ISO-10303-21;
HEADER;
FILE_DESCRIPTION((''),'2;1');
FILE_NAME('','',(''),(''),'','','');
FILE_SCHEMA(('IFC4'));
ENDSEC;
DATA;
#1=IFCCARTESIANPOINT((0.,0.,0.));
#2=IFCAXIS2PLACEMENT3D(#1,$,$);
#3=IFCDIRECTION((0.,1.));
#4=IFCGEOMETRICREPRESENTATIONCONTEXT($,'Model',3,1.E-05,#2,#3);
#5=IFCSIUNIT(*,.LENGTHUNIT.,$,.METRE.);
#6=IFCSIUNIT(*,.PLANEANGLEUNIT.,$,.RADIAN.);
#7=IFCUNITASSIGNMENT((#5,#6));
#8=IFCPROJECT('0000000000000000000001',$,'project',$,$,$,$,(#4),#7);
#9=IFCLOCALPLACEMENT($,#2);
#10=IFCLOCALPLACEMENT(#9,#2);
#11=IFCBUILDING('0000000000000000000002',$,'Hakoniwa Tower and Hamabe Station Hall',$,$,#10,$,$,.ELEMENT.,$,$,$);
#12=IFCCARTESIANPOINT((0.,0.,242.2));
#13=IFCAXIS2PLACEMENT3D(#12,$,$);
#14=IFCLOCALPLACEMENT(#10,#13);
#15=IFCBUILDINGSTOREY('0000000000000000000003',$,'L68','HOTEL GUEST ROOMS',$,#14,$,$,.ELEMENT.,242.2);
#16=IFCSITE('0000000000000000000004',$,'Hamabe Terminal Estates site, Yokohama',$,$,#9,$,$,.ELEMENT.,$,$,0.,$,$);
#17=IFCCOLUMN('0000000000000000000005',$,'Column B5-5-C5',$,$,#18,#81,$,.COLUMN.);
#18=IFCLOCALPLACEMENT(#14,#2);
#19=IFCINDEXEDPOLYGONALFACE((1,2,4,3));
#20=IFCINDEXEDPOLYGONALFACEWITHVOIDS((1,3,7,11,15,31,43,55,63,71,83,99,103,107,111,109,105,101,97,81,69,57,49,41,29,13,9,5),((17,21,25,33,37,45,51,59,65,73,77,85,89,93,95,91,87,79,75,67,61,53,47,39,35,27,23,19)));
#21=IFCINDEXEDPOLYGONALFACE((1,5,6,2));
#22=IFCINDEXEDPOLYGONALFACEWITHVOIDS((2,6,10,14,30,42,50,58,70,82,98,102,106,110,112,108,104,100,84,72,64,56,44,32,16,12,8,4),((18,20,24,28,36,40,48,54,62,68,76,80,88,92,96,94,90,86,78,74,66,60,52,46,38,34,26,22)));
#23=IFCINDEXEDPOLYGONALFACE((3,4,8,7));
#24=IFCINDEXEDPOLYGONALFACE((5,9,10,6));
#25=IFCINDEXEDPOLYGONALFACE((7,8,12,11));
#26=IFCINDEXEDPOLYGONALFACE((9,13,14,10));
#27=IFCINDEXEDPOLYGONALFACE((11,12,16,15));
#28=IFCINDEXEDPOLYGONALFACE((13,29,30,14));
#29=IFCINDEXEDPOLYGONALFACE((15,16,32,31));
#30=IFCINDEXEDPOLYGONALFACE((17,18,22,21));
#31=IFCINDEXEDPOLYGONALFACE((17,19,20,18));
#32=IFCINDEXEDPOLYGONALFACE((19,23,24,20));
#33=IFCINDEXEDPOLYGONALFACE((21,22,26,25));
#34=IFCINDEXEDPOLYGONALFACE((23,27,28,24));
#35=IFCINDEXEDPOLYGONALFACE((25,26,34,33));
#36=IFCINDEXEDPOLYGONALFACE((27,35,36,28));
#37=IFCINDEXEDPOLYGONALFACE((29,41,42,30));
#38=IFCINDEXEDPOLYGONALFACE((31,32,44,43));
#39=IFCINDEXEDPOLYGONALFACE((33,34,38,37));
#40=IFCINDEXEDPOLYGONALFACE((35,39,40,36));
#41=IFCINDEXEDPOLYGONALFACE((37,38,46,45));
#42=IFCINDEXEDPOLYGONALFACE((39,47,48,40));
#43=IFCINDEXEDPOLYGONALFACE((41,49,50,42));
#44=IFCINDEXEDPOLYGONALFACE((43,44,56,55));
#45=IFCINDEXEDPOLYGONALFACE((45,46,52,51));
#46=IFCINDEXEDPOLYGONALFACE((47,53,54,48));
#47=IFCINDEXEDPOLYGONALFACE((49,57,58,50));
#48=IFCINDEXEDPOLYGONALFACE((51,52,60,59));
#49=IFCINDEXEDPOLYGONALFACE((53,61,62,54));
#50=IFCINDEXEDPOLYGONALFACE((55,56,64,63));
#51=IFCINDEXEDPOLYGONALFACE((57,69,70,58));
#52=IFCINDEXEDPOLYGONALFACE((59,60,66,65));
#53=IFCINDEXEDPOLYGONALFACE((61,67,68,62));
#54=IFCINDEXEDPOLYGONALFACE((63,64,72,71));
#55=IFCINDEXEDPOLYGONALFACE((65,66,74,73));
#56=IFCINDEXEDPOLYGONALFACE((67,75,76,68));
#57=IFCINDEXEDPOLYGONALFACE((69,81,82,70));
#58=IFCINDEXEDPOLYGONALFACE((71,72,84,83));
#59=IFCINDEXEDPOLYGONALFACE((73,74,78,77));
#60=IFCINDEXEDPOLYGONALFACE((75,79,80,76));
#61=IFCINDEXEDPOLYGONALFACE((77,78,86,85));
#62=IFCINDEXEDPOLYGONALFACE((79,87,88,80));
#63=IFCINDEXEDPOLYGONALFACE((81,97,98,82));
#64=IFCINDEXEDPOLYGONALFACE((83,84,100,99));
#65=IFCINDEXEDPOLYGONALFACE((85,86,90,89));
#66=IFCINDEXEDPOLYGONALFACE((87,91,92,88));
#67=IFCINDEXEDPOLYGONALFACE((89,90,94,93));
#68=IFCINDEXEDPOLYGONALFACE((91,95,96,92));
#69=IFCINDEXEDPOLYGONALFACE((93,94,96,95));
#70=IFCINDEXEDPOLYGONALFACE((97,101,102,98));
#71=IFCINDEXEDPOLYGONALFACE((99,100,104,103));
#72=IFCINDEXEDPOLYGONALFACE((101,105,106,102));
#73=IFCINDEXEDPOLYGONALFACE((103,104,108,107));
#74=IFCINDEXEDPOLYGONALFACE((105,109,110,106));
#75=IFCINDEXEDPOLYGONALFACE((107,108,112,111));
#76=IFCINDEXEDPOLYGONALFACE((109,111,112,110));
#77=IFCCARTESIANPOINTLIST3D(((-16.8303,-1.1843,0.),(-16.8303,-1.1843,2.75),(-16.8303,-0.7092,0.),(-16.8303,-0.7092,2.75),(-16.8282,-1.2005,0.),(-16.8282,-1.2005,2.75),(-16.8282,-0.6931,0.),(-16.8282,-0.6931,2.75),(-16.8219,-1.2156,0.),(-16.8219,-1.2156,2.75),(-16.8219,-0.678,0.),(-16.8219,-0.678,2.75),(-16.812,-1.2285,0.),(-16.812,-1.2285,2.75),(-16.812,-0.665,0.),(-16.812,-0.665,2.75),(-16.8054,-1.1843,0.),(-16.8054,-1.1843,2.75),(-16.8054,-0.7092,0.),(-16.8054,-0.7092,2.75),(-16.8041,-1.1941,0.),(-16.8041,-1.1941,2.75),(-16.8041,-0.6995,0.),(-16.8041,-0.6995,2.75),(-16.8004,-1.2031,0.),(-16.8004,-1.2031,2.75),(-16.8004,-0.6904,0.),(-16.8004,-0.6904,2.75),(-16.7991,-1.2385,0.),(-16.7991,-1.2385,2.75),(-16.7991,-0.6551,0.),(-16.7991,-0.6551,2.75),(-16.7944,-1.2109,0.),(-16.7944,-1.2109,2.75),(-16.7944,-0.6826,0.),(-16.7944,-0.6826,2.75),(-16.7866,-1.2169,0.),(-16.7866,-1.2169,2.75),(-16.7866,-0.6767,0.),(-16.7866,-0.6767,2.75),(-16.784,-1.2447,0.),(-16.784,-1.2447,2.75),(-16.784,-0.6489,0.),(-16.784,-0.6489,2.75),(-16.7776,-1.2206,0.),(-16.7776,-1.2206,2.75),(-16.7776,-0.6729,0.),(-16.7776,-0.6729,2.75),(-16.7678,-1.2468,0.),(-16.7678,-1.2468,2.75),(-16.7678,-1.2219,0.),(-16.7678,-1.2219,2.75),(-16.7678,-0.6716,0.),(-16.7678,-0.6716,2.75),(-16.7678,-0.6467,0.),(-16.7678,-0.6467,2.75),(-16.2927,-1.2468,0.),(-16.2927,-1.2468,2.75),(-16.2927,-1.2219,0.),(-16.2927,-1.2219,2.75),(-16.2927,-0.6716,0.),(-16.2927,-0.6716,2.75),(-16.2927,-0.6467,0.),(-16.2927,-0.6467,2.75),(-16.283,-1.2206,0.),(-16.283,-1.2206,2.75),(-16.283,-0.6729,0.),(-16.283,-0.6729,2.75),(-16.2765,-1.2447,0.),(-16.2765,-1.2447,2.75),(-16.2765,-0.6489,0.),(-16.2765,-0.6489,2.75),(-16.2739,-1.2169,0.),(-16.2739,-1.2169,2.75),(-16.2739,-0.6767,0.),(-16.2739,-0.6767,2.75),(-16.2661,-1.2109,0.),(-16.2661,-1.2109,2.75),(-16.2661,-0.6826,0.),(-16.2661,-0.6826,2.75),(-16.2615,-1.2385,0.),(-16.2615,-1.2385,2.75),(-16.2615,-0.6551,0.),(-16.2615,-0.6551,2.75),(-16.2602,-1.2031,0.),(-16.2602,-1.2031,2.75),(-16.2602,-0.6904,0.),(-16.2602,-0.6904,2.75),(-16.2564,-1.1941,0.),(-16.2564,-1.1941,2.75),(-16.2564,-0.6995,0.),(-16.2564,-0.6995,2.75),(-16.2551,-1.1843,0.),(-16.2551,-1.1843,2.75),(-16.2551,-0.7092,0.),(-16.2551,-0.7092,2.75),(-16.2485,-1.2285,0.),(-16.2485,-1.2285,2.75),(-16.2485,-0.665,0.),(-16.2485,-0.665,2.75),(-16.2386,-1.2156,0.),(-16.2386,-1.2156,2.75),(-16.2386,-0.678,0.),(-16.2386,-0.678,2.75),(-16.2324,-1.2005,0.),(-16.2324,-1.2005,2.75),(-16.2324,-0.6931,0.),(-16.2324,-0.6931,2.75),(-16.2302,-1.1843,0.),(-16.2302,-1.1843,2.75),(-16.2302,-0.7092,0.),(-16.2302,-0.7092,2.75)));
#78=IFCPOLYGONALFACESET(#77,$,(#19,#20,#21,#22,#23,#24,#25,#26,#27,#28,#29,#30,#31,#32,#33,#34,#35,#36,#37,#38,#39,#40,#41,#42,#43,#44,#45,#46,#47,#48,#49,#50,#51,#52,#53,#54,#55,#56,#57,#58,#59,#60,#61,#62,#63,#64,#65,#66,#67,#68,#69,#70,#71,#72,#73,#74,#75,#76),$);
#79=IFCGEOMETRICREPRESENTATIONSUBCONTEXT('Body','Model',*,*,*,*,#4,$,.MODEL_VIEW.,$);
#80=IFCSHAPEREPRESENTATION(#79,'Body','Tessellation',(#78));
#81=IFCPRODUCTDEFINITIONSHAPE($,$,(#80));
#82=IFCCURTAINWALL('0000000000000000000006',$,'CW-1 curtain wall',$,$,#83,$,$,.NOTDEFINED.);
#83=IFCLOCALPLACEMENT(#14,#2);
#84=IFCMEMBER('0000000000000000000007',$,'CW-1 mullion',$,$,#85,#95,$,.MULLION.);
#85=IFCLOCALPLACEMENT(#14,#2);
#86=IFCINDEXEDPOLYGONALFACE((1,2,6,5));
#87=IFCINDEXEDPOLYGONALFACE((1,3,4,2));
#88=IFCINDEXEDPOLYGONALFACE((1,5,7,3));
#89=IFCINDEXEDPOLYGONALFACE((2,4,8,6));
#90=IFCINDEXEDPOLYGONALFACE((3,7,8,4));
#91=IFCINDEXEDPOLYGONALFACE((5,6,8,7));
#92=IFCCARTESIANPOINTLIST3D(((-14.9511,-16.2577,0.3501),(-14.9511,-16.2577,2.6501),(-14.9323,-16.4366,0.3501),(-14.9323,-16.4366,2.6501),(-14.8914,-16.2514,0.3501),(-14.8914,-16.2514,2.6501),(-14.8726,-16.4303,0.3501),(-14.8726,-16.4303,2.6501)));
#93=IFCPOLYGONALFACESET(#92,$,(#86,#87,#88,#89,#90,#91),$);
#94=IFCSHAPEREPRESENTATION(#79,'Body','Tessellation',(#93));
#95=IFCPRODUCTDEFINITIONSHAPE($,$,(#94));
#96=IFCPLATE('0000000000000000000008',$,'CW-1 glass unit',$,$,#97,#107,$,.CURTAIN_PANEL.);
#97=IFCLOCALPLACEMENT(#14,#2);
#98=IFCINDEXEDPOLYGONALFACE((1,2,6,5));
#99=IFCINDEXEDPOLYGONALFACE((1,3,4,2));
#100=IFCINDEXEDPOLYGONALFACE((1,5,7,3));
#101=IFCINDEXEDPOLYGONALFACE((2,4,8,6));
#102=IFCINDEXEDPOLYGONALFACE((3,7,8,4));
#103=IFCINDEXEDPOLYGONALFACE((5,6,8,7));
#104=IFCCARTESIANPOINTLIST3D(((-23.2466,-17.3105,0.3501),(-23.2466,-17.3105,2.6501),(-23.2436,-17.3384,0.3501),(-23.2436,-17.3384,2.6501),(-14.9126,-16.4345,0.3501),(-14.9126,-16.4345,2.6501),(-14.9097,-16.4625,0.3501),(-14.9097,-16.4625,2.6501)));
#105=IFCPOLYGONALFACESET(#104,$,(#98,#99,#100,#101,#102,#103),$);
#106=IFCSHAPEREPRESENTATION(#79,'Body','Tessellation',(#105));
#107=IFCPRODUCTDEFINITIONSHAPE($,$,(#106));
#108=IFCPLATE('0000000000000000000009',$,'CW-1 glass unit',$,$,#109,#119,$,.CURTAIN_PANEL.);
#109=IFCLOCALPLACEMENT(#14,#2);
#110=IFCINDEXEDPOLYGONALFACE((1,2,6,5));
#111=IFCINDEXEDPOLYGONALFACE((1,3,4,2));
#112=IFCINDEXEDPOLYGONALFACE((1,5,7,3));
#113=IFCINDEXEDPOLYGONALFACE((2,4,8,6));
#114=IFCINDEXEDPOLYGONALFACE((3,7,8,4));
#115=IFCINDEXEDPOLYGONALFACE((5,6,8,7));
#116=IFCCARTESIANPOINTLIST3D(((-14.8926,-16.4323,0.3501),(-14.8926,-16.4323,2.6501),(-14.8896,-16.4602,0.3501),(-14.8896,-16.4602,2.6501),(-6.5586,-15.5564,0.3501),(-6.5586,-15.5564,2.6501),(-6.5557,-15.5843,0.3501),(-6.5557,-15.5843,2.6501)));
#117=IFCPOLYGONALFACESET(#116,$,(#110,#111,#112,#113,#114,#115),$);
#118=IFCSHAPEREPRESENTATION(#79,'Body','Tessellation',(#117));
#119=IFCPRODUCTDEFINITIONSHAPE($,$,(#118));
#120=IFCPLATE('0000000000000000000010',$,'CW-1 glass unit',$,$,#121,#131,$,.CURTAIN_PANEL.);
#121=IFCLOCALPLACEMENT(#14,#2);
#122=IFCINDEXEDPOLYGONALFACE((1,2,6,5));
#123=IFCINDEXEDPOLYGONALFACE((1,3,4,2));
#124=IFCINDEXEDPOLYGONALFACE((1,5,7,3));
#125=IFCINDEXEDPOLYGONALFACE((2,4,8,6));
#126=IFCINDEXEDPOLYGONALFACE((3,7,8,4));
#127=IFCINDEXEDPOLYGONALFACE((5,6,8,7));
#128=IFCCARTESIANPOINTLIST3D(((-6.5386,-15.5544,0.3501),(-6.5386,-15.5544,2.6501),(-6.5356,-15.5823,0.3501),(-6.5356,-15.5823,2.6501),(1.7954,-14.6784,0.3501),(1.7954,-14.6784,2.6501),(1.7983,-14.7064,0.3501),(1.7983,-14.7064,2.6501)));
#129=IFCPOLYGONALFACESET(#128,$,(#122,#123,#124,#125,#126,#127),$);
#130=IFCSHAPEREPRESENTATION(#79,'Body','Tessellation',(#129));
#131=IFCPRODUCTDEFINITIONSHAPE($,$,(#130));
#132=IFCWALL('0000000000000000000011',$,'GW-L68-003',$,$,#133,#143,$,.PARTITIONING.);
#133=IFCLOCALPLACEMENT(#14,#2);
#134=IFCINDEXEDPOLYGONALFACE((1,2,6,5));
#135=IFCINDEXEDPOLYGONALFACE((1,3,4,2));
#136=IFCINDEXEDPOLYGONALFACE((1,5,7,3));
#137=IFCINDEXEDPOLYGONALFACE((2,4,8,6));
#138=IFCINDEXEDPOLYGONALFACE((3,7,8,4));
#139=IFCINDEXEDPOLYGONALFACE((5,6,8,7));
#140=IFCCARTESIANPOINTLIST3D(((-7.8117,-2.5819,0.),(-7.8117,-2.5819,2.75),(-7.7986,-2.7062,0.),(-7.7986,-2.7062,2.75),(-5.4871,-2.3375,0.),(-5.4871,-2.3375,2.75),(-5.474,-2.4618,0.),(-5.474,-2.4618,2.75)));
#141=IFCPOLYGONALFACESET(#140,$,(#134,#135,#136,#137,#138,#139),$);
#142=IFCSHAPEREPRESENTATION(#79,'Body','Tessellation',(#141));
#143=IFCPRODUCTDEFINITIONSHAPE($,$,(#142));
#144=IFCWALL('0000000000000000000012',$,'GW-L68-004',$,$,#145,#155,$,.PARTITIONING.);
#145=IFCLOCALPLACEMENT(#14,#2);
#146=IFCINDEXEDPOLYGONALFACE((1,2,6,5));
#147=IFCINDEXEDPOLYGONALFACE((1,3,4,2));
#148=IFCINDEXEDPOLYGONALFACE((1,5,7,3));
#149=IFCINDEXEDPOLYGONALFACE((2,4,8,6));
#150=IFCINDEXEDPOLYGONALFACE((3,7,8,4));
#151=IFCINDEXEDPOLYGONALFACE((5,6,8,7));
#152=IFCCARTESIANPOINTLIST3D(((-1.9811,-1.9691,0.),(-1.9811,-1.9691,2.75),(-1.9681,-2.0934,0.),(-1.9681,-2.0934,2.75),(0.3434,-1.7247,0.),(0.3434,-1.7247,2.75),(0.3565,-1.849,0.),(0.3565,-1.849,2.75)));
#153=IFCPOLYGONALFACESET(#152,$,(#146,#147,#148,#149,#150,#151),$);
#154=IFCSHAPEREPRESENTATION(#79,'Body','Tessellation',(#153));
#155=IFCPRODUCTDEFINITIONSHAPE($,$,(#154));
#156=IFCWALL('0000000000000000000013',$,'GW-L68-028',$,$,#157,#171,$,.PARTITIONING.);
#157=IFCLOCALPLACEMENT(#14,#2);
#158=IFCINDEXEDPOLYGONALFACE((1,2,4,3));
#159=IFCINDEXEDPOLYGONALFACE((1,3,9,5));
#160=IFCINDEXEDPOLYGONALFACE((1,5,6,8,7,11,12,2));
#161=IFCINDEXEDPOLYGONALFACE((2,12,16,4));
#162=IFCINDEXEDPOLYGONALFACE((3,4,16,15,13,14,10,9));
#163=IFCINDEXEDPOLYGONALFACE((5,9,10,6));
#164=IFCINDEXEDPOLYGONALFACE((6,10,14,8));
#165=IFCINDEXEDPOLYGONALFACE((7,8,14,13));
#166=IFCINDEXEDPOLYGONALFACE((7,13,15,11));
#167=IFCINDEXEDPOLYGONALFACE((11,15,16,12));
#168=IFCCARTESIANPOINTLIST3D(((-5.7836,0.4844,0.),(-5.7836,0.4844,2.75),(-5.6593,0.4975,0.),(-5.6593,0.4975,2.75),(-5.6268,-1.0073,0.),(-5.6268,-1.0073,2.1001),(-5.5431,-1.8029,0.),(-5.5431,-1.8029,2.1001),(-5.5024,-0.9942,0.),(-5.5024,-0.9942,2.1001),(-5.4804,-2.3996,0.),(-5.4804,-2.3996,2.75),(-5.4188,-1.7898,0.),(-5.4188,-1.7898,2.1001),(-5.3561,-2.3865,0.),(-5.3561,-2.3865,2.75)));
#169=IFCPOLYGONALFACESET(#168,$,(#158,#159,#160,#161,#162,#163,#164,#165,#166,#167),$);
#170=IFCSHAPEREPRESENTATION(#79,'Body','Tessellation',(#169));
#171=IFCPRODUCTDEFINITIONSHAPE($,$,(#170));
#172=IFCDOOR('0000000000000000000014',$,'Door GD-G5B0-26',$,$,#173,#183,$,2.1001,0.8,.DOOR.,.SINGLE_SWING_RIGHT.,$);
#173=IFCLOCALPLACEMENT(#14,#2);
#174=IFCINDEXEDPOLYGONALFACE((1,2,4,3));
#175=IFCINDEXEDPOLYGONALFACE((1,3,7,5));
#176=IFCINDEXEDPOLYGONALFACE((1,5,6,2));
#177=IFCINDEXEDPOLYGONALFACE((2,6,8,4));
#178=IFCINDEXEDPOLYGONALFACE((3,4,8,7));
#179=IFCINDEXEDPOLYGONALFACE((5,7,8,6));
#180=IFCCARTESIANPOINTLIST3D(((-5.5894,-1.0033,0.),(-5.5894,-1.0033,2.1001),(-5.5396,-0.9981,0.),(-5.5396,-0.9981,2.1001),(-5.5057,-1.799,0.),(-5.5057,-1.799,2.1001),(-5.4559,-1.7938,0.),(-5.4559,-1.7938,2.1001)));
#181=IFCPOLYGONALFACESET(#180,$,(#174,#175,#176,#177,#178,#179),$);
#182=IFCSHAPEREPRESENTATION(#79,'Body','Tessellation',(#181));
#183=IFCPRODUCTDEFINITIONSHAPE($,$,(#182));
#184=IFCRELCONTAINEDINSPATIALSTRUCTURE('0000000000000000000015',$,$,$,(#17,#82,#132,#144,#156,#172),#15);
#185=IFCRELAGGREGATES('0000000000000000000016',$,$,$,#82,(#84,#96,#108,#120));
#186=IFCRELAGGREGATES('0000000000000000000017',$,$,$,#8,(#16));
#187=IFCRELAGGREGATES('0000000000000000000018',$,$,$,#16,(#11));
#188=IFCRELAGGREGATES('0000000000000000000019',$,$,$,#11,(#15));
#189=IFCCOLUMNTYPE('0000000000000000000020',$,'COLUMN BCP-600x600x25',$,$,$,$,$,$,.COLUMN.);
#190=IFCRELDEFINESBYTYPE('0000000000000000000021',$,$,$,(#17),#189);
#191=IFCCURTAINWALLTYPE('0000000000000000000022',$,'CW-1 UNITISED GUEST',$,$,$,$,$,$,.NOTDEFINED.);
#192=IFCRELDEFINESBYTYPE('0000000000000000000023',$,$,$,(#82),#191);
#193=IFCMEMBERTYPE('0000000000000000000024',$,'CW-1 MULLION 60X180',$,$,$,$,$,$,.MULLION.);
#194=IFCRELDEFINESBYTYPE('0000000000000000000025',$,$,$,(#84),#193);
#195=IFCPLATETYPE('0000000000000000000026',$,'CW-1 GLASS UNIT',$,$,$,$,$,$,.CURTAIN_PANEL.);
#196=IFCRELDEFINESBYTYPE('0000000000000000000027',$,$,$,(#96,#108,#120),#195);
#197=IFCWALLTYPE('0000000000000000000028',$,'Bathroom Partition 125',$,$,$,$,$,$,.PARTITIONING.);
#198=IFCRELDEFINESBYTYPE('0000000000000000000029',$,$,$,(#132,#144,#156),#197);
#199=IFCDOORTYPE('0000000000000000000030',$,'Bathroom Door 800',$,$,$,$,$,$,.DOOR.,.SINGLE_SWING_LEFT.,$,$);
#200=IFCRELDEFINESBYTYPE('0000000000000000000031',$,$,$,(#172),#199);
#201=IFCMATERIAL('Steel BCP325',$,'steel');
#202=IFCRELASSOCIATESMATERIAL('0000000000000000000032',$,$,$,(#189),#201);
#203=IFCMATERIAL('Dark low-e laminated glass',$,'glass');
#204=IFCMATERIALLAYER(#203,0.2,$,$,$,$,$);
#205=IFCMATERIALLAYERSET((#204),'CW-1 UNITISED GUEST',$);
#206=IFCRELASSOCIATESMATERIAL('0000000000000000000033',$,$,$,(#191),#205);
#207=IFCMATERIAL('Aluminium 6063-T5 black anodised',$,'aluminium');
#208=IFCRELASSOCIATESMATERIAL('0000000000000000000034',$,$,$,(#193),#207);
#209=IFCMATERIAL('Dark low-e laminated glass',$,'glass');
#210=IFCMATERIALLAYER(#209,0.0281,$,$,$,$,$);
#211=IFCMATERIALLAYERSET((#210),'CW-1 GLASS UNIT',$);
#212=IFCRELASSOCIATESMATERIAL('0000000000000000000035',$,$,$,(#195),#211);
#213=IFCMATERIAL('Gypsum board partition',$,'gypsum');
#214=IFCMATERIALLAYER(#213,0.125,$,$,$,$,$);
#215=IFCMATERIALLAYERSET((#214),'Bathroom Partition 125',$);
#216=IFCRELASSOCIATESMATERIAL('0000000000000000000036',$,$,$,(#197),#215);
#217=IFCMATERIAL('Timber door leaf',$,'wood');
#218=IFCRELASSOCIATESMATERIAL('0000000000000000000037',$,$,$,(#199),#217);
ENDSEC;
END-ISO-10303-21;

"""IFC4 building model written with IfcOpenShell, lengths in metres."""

from ifc_helpers import new_model, si_unit, direction, frame, frame_2d, origin, origin_2d, place, context, subcontext, project, spatial, rectangle, hollow_rectangle, extrude, material, layer, layer_set, material_profile, profile_set, type_object, element, fill, aggregate, save


model = new_model("IFC4")

# Units and contexts
model_context = context("Model", 3, precision=1e-05, world=origin(), true_north=direction((0.0, 1.0)))
body_context = subcontext(model_context, "Body", "Model", "MODEL_VIEW")
ifc_project = project(units=[si_unit("LENGTHUNIT", "METRE"), si_unit("PLANEANGLEUNIT", "RADIAN")], contexts=[model_context])

# Site, building, storey
site_placement = place(None, origin())
site = spatial("IfcSite", under=ifc_project, at=site_placement, Name="Hamabe Terminal Estates site, Yokohama", CompositionType="ELEMENT", RefElevation=0.0)
building_placement = place(site_placement, origin())
building = spatial("IfcBuilding", under=site, at=building_placement, Name="Hakoniwa Tower and Hamabe Station Hall", CompositionType="ELEMENT")
storey_placement = place(building_placement, frame((0.0, 0.0, 242.2)))
storey = spatial("IfcBuildingStorey", under=building, at=storey_placement, Name="L68", Description="HOTEL GUEST ROOMS", CompositionType="ELEMENT", Elevation=242.2)

# Column
ifc_material_1 = material(Name="Steel BCP325", Category="steel")
ifc_material_profile_1 = material_profile(ifc_material_1, hollow_rectangle(XDim=0.6001, YDim=0.6001, WallThickness=0.0249, InnerFilletRadius=0.0376, OuterFilletRadius=0.0625, at=origin_2d()), Name="BCP-600x600x25")
ifc_profile_set_1 = profile_set([ifc_material_profile_1], Name="Steel BCP325")
column_type_1 = type_object("IfcColumnType", Name="COLUMN BCP-600x600x25", PredefinedType="COLUMN", material=ifc_profile_set_1)
column_placement = place(storey_placement, frame((-16.5303, -0.9468, 0.0), z_axis=(0.0, 0.0, 1.0), x_axis=(1.0, 0.0, 0.0)))
element("IfcColumn", 1, at=column_placement, inside=storey, type_object=column_type_1, Name="Column B5-5-C5", PredefinedType="COLUMN", context=body_context, shape_type="SweptSolid", body=[
    extrude(hollow_rectangle(XDim=0.6001, YDim=0.6001, WallThickness=0.0249, InnerFilletRadius=0.0376, OuterFilletRadius=0.0625, at=origin_2d()), origin(), (0.0, 0.0, 1.0), 2.75),
])

# Curtain wall, member, plates
ifc_material_2 = material(Name="Dark low-e laminated glass", Category="glass")
ifc_layer_1 = layer(ifc_material_2, 0.2)
ifc_layer_set_1 = layer_set([ifc_layer_1], Name="CW-1 UNITISED GUEST")
curtain_wall_type = type_object("IfcCurtainWallType", Name="CW-1 UNITISED GUEST", PredefinedType="NOTDEFINED", material=ifc_layer_set_1)
curtain_wall_placement = place(storey_placement, origin())
curtain_wall = element("IfcCurtainWall", 2, at=curtain_wall_placement, inside=storey, type_object=curtain_wall_type, Name="CW-1 curtain wall", PredefinedType="NOTDEFINED")
ifc_material_3 = material(Name="Aluminium 6063-T5 black anodised", Category="aluminium")
ifc_material_profile_2 = material_profile(ifc_material_3, rectangle(XDim=0.0601, YDim=0.1799, at=origin_2d()), Name="CW-1 MULLION 60X180")
ifc_profile_set_2 = profile_set([ifc_material_profile_2], Name="Aluminium 6063-T5 black anodised")
member_type = type_object("IfcMemberType", Name="CW-1 MULLION 60X180", PredefinedType="MULLION", material=ifc_profile_set_2)
member_placement = place(storey_placement, frame((-14.9119, -16.344, 0.3501), z_axis=(0.0, 0.0, 1.0), x_axis=(0.994522, 0.104528, 0.0)))
member = element("IfcMember", 3, at=member_placement, type_object=member_type, Name="CW-1 mullion", PredefinedType="MULLION", context=body_context, shape_type="SweptSolid", body=[
    extrude(rectangle(XDim=0.0601, YDim=0.1799, at=origin_2d()), origin(), (0.0, 0.0, 1.0), 2.3),
])
ifc_material_4 = material(Name="Dark low-e laminated glass", Category="glass")
ifc_layer_2 = layer(ifc_material_4, 0.0281)
ifc_layer_set_2 = layer_set([ifc_layer_2], Name="CW-1 GLASS UNIT")
plate_type = type_object("IfcPlateType", Name="CW-1 GLASS UNIT", PredefinedType="CURTAIN_PANEL", material=ifc_layer_set_2)
plate_1_placement = place(storey_placement, frame((-19.0781, -16.8865, 0.3501), z_axis=(0.0, 0.0, 1.0), x_axis=(0.994522, 0.104528, 0.0)))
plate_1 = element("IfcPlate", 4, at=plate_1_placement, type_object=plate_type, Name="CW-1 glass unit", PredefinedType="CURTAIN_PANEL", context=body_context, shape_type="SweptSolid", body=[
    extrude(rectangle(XDim=8.3799, YDim=0.0281, at=origin_2d()), origin(), (0.0, 0.0, 1.0), 2.3),
])
plate_2_placement = place(storey_placement, frame((-10.7241, -16.0083, 0.3501), z_axis=(0.0, 0.0, 1.0), x_axis=(0.994522, 0.104528, 0.0)))
plate_2 = element("IfcPlate", 5, at=plate_2_placement, type_object=plate_type, Name="CW-1 glass unit", PredefinedType="CURTAIN_PANEL", context=body_context, shape_type="SweptSolid", body=[
    extrude(rectangle(XDim=8.3799, YDim=0.0281, at=origin_2d()), origin(), (0.0, 0.0, 1.0), 2.3),
])
plate_3_placement = place(storey_placement, frame((-2.3701, -15.1304, 0.3501), z_axis=(0.0, 0.0, 1.0), x_axis=(0.994522, 0.104528, 0.0)))
plate_3 = element("IfcPlate", 6, at=plate_3_placement, type_object=plate_type, Name="CW-1 glass unit", PredefinedType="CURTAIN_PANEL", context=body_context, shape_type="SweptSolid", body=[
    extrude(rectangle(XDim=8.3799, YDim=0.0281, at=origin_2d()), origin(), (0.0, 0.0, 1.0), 2.3),
])
aggregate(curtain_wall, [member, plate_1, plate_2, plate_3])

# Walls
ifc_material_5 = material(Name="Gypsum board partition", Category="gypsum")
ifc_layer_3 = layer(ifc_material_5, 0.125)
ifc_layer_set_3 = layer_set([ifc_layer_3], Name="Bathroom Partition 125")
wall_type_1 = type_object("IfcWallType", Name="Bathroom Partition 125", PredefinedType="PARTITIONING", material=ifc_layer_set_3)
for number, where, z_axis, x_axis, name in (
    (7, (-7.8052, -2.644, 0.0), (0.0, 0.0, 1.0), (0.99452, 0.104549, 0.0), "GW-L68-003"),
    (8, (-1.9746, -2.0312, 0.0), (0.0, 0.0, 1.0), (0.99452, 0.104549, 0.0), "GW-L68-004"),
):
    element("IfcWall", number, at=place(storey_placement, frame(where, z_axis=z_axis, x_axis=x_axis)), inside=storey, type_object=wall_type_1, Name=name, PredefinedType="PARTITIONING", context=body_context, shape_type="SweptSolid", body=[
        extrude(rectangle(XDim=2.3374, YDim=0.125, at=frame_2d((1.1687, 0.0))), origin(), (0.0, 0.0, 1.0), 2.75),
    ])

# Wall, opening, door
wall_1_placement = place(storey_placement, frame((-5.4182, -2.3931, 0.0), z_axis=(0.0, 0.0, 1.0), x_axis=(-0.104562, 0.994518, 0.0)))
wall_1 = element("IfcWall", 9, at=wall_1_placement, inside=storey, type_object=wall_type_1, Name="GW-L68-028", PredefinedType="PARTITIONING", context=body_context, shape_type="SweptSolid", body=[
    extrude(rectangle(XDim=2.8999, YDim=0.125, at=frame_2d((1.45, 0.0))), origin(), (0.0, 0.0, 1.0), 2.75),
])
opening_1_placement = place(wall_1_placement, frame((0.6001, 0.0, 0.0)))
opening_1 = element("IfcOpeningElement", 10, at=opening_1_placement, cuts=wall_1, PredefinedType="OPENING", context=body_context, shape_type="SweptSolid", body=[
    extrude(rectangle(XDim=0.8, YDim=2.1001, at=frame_2d((0.3999, 1.05))), frame((0.0, 0.0725, 0.0), z_axis=(0.0, -1.0, 0.0), x_axis=(1.0, 0.0, 0.0)), (0.0, 0.0, 1.0), 0.145),
])
ifc_material_6 = material(Name="Timber door leaf", Category="wood")
door_type_1 = type_object("IfcDoorType", Name="Bathroom Door 800", OperationType="SINGLE_SWING_LEFT", PredefinedType="DOOR", material=ifc_material_6)
door_1_placement = place(opening_1_placement, origin())
door_1 = element("IfcDoor", 11, at=door_1_placement, inside=storey, type_object=door_type_1, Name="Door GD-G5B0-26", OperationType="SINGLE_SWING_RIGHT", OverallHeight=2.1001, OverallWidth=0.8, PredefinedType="DOOR", context=body_context, shape_type="SweptSolid", body=[
    extrude(rectangle(XDim=0.8, YDim=2.1001, at=frame_2d((0.3999, 1.05))), frame((0.0, 0.0249, 0.0), z_axis=(0.0, -1.0, 0.0), x_axis=(1.0, 0.0, 0.0)), (0.0, 0.0, 1.0), 0.05),
])
fill(opening_1, door_1)

save(model, "model.ifc")
